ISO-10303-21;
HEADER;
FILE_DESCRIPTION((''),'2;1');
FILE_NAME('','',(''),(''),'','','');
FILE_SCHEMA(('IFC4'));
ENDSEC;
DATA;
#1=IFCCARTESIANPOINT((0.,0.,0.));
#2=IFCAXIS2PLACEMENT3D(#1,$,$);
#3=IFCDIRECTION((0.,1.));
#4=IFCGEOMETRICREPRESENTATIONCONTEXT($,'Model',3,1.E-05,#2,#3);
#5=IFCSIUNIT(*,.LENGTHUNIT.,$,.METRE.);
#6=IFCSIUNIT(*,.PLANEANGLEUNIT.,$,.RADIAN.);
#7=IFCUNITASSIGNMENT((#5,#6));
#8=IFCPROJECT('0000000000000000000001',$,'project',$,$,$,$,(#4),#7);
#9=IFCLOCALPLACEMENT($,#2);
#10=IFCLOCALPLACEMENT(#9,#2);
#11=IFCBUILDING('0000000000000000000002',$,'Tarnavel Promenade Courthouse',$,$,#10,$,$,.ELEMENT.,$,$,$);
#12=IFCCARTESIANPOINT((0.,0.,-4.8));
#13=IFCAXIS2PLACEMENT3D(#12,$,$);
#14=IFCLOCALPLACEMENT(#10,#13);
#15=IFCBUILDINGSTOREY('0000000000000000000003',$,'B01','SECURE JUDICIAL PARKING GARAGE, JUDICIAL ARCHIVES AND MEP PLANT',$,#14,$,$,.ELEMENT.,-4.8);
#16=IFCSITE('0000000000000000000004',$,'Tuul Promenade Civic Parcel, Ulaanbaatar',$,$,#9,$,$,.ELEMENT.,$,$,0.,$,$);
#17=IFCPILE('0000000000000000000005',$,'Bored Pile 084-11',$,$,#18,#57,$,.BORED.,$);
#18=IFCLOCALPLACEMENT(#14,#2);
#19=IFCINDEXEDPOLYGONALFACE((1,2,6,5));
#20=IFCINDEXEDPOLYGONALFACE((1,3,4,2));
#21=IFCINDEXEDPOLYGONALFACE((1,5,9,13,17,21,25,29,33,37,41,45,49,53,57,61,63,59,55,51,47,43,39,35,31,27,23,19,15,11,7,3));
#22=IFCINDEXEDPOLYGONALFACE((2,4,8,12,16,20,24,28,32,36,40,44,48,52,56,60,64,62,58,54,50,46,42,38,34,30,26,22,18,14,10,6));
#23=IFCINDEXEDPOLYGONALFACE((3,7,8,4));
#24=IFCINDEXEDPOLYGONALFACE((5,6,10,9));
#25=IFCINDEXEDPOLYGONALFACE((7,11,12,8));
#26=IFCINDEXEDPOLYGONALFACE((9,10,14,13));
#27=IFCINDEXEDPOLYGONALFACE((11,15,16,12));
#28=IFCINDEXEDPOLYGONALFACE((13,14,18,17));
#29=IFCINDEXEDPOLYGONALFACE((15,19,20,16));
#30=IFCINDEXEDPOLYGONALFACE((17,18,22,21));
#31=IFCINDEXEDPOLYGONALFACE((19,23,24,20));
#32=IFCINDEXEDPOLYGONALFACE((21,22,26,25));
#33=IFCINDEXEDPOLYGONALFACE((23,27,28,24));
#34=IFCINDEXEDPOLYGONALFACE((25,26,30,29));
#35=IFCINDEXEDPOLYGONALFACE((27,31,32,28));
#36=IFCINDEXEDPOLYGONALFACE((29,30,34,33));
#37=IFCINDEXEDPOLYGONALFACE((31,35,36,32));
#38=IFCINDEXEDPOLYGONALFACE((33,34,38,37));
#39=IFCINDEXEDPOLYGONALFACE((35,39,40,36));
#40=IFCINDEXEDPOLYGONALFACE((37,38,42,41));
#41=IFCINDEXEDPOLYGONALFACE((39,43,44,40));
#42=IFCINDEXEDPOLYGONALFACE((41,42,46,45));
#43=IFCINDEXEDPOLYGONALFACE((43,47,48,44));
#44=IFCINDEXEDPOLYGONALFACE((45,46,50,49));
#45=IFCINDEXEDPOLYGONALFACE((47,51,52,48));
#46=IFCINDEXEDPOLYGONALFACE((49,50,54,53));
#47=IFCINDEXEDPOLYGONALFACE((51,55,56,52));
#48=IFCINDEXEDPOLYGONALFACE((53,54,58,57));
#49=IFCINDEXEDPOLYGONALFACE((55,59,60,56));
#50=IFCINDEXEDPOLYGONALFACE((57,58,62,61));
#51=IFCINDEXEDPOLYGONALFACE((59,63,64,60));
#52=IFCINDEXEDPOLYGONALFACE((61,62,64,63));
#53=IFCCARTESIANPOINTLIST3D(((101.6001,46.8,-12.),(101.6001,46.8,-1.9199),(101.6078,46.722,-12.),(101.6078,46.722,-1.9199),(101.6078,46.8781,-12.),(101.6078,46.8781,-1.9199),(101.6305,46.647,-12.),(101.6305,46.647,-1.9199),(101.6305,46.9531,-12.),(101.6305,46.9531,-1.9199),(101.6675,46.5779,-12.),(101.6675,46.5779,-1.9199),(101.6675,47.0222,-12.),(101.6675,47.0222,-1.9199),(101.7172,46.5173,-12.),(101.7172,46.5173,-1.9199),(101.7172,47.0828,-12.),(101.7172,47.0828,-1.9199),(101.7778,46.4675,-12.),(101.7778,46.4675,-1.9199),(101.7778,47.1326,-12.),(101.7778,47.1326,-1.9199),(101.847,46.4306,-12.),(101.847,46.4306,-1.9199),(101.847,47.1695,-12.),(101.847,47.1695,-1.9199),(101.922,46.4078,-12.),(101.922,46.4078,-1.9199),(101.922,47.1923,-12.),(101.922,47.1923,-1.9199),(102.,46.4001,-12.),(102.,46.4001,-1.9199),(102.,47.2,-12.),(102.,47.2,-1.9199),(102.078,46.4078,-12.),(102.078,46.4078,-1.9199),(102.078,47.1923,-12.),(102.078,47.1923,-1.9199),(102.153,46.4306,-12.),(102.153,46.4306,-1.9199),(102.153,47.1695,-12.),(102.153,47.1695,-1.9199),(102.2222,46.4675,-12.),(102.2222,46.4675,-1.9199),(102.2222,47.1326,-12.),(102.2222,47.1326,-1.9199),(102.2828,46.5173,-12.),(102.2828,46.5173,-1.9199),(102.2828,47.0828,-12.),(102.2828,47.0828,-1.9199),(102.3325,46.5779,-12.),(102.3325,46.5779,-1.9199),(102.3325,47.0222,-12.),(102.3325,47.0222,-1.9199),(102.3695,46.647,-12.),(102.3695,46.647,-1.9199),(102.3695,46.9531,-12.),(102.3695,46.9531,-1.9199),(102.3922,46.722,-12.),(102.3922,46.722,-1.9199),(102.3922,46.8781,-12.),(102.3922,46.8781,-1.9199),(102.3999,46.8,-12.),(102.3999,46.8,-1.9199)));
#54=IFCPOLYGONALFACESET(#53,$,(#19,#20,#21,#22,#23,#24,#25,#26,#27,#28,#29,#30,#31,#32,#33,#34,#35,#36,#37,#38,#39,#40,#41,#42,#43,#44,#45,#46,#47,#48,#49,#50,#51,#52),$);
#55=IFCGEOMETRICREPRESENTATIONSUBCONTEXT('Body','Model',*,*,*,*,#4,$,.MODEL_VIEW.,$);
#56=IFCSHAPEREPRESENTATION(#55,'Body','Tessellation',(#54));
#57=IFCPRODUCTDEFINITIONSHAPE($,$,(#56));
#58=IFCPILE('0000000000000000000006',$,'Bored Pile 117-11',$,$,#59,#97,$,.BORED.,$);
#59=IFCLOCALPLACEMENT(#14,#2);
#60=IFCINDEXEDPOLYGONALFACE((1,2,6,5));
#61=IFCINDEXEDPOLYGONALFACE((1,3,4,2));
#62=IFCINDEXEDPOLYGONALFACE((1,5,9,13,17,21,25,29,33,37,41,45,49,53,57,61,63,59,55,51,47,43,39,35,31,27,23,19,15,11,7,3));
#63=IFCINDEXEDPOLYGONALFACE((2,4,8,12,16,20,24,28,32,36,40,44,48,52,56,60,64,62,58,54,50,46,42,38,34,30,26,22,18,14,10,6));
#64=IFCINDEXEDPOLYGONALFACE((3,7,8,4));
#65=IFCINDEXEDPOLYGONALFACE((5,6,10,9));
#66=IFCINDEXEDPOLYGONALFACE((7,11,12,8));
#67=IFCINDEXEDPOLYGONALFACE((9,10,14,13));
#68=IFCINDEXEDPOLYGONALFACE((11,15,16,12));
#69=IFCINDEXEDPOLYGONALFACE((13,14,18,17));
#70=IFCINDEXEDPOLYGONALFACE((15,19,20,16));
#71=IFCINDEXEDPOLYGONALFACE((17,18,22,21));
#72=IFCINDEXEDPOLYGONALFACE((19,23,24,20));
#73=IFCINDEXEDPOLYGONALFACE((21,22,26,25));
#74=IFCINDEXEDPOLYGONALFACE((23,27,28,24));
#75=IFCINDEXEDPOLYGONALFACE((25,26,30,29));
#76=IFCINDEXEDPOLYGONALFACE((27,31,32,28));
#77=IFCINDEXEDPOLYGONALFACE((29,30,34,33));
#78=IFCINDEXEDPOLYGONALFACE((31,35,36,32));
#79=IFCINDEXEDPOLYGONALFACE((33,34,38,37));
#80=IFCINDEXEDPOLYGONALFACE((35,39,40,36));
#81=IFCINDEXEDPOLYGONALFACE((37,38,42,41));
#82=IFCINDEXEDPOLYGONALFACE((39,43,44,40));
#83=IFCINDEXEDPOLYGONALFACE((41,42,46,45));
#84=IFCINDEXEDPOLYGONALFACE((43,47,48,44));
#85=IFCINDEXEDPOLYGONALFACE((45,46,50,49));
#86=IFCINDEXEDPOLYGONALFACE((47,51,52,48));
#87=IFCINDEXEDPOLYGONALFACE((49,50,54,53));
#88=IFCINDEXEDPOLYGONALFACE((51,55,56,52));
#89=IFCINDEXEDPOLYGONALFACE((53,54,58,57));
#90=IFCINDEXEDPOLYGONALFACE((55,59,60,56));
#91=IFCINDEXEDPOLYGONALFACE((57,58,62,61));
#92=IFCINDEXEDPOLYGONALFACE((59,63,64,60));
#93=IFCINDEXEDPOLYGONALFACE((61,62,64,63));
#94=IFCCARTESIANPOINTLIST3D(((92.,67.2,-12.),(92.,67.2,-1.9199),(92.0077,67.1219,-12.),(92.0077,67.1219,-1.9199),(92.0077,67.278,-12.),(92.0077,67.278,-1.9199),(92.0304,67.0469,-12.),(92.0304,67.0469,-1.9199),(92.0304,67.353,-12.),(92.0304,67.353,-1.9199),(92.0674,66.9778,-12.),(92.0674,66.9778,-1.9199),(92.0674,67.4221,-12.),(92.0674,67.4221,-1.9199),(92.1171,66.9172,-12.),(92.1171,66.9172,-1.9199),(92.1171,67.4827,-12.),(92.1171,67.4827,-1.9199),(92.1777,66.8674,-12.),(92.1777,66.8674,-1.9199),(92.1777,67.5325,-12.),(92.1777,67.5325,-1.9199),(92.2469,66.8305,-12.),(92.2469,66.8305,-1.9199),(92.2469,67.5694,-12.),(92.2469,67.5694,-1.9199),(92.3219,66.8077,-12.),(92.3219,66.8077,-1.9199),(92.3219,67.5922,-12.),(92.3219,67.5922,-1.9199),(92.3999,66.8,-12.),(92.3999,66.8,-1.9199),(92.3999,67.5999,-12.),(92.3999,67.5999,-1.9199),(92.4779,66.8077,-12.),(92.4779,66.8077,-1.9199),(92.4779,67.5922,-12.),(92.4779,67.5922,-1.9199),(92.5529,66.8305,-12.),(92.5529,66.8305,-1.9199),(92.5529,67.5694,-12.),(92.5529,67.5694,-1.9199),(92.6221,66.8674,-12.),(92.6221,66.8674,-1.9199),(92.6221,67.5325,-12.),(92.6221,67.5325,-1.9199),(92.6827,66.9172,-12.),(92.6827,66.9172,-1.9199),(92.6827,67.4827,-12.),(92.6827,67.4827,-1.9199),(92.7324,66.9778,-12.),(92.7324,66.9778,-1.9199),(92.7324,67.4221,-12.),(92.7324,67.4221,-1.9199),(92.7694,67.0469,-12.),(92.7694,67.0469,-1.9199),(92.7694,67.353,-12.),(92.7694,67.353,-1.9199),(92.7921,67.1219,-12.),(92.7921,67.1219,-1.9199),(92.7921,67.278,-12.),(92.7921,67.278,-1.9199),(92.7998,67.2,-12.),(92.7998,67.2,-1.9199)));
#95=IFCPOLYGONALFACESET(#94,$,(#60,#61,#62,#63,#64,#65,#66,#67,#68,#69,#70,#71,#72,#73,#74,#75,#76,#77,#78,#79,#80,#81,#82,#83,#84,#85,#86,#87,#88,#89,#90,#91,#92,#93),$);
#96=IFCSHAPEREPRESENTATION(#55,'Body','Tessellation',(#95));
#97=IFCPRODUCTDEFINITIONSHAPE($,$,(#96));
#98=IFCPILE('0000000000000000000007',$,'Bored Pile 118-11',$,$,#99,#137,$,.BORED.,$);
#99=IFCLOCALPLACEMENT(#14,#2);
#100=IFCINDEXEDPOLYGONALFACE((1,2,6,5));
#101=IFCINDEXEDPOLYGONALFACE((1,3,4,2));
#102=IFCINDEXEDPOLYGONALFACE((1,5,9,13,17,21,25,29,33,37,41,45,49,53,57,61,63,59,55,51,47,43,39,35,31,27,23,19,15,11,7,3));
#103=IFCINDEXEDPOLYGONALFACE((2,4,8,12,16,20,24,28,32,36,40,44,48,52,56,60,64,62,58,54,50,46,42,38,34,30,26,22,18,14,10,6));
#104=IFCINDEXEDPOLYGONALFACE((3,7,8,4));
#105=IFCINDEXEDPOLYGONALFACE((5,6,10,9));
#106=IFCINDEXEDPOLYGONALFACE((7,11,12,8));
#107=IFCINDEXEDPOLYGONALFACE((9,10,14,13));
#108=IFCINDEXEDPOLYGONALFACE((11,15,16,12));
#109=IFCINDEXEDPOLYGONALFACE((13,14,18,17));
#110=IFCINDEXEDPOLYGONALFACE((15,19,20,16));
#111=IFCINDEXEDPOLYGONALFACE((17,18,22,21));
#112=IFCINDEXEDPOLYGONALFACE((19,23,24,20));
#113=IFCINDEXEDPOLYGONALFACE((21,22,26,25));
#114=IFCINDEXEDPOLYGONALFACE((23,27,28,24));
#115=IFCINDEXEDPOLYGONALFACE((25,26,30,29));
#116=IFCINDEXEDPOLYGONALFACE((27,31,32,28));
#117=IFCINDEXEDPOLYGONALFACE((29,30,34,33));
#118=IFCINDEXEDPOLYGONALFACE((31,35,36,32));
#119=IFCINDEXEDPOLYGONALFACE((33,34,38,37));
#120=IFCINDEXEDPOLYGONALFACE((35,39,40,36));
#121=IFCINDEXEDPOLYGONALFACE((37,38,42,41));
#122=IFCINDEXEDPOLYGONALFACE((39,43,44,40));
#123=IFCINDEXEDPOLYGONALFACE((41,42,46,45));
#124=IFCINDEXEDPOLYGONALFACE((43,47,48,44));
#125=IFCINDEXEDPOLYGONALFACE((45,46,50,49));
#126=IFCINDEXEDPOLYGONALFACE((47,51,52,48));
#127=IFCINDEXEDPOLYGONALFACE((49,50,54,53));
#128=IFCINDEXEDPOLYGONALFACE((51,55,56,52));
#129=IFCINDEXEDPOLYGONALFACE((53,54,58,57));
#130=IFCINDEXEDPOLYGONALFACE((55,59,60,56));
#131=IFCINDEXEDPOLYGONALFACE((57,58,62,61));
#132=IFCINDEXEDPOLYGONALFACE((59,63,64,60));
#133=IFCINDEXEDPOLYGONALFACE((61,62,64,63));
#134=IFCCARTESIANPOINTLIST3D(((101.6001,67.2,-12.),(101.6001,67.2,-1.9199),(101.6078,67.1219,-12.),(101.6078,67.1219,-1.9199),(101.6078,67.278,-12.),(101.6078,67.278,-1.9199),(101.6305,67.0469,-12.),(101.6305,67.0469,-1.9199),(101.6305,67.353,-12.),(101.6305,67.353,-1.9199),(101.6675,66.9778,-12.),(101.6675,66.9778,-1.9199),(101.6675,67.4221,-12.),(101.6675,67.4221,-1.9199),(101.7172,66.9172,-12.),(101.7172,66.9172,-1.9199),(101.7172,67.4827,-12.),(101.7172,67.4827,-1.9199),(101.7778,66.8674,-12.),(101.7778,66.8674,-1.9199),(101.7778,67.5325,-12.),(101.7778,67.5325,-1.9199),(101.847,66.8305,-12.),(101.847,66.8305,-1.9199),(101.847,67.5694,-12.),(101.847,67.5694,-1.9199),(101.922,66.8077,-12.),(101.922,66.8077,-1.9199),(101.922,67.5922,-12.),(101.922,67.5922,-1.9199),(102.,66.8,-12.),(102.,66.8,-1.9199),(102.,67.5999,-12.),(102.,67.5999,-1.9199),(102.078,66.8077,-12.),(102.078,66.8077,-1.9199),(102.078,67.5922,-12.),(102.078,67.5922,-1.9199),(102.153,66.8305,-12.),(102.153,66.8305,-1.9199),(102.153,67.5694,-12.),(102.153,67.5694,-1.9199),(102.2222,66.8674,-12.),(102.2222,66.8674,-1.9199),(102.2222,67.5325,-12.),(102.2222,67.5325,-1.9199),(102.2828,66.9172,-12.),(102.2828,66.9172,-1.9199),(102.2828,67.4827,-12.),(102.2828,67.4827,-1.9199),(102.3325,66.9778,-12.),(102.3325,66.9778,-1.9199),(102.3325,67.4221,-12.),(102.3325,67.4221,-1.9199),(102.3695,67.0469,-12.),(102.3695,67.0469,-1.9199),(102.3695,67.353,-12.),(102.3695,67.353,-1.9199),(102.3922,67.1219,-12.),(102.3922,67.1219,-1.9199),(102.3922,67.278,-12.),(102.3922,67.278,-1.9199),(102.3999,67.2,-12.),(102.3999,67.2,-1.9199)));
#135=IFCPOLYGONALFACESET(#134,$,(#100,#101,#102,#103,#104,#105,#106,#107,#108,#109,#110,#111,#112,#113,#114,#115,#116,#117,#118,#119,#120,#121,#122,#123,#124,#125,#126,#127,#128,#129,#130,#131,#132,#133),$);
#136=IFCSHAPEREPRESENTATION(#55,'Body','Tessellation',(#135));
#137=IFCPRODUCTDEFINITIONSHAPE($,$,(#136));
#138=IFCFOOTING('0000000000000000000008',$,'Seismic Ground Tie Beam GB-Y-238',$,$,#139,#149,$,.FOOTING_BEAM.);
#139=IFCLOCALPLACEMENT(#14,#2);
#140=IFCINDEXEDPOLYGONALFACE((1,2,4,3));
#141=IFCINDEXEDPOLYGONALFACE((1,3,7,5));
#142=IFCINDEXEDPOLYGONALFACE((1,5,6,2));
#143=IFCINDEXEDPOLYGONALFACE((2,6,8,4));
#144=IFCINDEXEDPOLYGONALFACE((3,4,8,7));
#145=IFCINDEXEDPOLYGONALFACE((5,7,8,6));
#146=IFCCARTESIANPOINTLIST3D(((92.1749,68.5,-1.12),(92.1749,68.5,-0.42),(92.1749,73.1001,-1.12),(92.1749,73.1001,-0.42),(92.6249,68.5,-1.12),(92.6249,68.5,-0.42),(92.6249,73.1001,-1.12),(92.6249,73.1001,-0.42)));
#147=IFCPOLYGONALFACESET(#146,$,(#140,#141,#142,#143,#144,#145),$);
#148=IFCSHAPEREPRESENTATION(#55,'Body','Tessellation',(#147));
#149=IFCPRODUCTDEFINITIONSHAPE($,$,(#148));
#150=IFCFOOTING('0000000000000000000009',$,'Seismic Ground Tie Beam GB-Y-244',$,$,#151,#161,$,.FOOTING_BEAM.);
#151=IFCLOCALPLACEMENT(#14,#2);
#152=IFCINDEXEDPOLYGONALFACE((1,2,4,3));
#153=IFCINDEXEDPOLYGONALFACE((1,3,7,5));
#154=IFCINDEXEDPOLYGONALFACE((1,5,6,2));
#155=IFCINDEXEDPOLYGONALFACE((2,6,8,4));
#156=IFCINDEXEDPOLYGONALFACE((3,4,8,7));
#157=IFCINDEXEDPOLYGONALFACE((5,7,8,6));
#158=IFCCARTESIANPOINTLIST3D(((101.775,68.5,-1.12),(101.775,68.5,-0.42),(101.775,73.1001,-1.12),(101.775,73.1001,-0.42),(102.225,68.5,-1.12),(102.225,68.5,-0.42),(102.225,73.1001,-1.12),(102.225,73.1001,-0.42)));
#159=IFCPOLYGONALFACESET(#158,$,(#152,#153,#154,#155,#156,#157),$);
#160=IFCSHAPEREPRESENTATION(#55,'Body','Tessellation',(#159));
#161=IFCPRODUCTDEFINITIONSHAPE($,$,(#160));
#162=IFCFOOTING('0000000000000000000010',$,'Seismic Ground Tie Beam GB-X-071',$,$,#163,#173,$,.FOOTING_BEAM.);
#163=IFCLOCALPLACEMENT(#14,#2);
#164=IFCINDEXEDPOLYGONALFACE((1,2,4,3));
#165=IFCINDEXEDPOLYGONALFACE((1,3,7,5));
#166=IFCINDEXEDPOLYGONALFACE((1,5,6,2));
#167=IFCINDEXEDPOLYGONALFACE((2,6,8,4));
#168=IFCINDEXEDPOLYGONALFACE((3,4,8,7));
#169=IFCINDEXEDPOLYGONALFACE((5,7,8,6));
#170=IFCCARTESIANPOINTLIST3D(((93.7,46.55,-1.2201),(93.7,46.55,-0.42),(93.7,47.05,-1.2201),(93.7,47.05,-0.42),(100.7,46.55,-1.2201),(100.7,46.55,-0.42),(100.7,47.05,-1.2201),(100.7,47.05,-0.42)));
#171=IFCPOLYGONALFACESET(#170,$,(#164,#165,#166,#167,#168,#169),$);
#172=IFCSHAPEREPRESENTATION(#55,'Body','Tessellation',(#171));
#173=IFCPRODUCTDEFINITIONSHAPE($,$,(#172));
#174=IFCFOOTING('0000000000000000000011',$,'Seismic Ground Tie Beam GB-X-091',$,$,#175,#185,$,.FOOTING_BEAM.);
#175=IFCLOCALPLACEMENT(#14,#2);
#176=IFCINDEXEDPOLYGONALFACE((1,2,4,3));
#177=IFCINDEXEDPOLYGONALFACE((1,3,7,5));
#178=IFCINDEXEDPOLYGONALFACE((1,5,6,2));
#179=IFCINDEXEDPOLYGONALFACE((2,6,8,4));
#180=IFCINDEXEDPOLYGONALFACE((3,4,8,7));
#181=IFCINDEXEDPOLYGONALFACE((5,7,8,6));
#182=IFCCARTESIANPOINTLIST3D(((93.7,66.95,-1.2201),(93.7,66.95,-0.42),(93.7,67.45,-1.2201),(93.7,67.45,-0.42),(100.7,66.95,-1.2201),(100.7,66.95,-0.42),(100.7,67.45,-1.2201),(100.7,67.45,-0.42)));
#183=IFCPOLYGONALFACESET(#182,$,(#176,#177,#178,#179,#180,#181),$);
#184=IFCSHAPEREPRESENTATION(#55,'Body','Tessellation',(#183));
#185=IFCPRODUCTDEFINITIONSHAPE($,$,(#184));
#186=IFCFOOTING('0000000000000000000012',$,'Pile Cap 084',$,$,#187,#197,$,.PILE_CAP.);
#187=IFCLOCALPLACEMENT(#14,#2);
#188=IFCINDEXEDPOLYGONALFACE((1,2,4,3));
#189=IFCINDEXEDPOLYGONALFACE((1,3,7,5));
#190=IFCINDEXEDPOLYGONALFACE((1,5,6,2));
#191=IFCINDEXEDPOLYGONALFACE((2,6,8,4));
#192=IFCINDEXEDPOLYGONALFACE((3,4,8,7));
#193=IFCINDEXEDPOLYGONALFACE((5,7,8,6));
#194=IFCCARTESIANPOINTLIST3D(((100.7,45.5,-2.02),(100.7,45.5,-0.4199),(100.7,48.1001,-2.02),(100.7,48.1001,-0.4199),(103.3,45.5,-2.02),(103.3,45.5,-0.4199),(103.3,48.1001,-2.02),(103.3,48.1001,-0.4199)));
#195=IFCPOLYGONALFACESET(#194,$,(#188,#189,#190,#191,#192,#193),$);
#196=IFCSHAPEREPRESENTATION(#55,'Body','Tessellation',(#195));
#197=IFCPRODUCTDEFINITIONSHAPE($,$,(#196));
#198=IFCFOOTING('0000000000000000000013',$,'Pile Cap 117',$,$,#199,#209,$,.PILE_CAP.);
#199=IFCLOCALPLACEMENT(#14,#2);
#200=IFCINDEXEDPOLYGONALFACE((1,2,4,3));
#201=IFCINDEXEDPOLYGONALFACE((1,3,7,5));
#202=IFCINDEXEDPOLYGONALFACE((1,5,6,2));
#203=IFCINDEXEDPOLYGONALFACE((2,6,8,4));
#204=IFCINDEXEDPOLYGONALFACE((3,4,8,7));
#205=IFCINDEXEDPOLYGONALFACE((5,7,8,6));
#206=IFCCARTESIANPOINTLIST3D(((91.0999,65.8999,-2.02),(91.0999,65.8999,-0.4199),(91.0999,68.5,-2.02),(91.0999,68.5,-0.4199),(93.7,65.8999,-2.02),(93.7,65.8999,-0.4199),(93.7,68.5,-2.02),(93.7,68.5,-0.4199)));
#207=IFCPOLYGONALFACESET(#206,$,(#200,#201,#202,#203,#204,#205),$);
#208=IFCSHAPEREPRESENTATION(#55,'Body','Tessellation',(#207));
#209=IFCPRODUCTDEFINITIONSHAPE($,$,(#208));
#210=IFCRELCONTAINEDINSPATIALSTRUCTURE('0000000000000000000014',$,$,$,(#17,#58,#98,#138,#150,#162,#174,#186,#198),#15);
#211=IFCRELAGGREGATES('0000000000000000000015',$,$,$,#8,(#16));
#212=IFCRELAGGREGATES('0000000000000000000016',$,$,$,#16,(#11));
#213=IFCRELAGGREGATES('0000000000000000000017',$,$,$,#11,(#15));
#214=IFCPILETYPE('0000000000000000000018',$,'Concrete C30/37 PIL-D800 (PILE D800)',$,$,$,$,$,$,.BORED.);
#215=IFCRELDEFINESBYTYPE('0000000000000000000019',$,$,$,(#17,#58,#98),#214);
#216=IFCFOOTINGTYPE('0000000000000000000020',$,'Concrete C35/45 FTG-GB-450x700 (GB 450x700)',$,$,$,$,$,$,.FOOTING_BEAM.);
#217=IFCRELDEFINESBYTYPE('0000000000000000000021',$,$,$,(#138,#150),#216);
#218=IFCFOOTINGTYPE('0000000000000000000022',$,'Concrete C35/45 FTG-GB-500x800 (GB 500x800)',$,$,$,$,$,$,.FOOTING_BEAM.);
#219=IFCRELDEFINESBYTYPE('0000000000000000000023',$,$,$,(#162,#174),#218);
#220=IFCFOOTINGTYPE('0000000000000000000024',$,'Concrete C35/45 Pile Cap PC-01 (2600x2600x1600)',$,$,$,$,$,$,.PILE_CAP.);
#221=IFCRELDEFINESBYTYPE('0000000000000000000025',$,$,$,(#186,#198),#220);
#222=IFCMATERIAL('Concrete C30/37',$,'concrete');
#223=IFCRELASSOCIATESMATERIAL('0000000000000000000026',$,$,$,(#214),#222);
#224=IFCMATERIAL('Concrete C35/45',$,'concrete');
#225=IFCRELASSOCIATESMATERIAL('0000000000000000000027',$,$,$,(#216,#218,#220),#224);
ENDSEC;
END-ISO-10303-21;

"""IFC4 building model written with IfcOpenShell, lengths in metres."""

from ifc_helpers import new_model, si_unit, direction, frame, origin, origin_2d, place, context, subcontext, project, spatial, rectangle, circle, extrude, material, material_profile, profile_set, type_object, element, save


model = new_model("IFC4")

# Units and contexts
model_context = context("Model", 3, precision=1e-05, world=origin(), true_north=direction((0.0, 1.0)))
body_context = subcontext(model_context, "Body", "Model", "MODEL_VIEW")
ifc_project = project(units=[si_unit("LENGTHUNIT", "METRE"), si_unit("PLANEANGLEUNIT", "RADIAN")], contexts=[model_context])

# Site, building, storey
site_placement = place(None, origin())
site = spatial("IfcSite", under=ifc_project, at=site_placement, Name="Tuul Promenade Civic Parcel, Ulaanbaatar", CompositionType="ELEMENT", RefElevation=0.0)
building_placement = place(site_placement, origin())
building = spatial("IfcBuilding", under=site, at=building_placement, Name="Tarnavel Promenade Courthouse", CompositionType="ELEMENT")
storey_placement = place(building_placement, frame((0.0, 0.0, -4.8)))
storey = spatial("IfcBuildingStorey", under=building, at=storey_placement, Name="B01", Description="SECURE JUDICIAL PARKING GARAGE, JUDICIAL ARCHIVES AND MEP PLANT", CompositionType="ELEMENT", Elevation=-4.8)

# Piles
ifc_material_1 = material(Name="Concrete C30/37", Category="concrete")
ifc_material_profile_1 = material_profile(ifc_material_1, circle(Radius=0.3999, at=origin_2d()), Name="PILE D800")
ifc_profile_set_1 = profile_set([ifc_material_profile_1], Name="Concrete C30/37")
pile_type = type_object("IfcPileType", Name="Concrete C30/37 PIL-D800 (PILE D800)", PredefinedType="BORED", material=ifc_profile_set_1)
for number, where, z_axis, x_axis, name in (
    (1, (102.0, 46.8, -1.9199), (0.0, 0.0, -1.0), (1.0, 0.0, 0.0), "Bored Pile 084-11"),
    (2, (92.3999, 67.2, -1.9199), (0.0, 0.0, -1.0), (1.0, 0.0, 0.0), "Bored Pile 117-11"),
    (3, (102.0, 67.2, -1.9199), (0.0, 0.0, -1.0), (1.0, 0.0, 0.0), "Bored Pile 118-11"),
):
    element("IfcPile", number, at=place(storey_placement, frame(where, z_axis=z_axis, x_axis=x_axis)), inside=storey, type_object=pile_type, Name=name, PredefinedType="BORED", context=body_context, shape_type="SweptSolid", body=[
        extrude(circle(Radius=0.3999, at=origin_2d()), origin(), (0.0, 0.0, 1.0), 10.0801),
    ])

# Footings
ifc_material_2 = material(Name="Concrete C35/45", Category="concrete")
ifc_material_profile_2 = material_profile(ifc_material_2, rectangle(XDim=0.45, YDim=0.7, at=origin_2d()), Name="GB 450x700")
ifc_profile_set_2 = profile_set([ifc_material_profile_2], Name="Concrete C35/45")
footing_type_1 = type_object("IfcFootingType", Name="Concrete C35/45 FTG-GB-450x700 (GB 450x700)", PredefinedType="FOOTING_BEAM", material=ifc_profile_set_2)
for number, where, z_axis, x_axis, name in (
    (4, (92.3999, 68.5, -0.77), (0.0, 1.0, 0.0), (-1.0, 0.0, 0.0), "Seismic Ground Tie Beam GB-Y-238"),
    (5, (102.0, 68.5, -0.77), (0.0, 1.0, 0.0), (-1.0, 0.0, 0.0), "Seismic Ground Tie Beam GB-Y-244"),
):
    element("IfcFooting", number, at=place(storey_placement, frame(where, z_axis=z_axis, x_axis=x_axis)), inside=storey, type_object=footing_type_1, Name=name, PredefinedType="FOOTING_BEAM", context=body_context, shape_type="SweptSolid", body=[
        extrude(rectangle(XDim=0.45, YDim=0.7, at=origin_2d()), origin(), (0.0, 0.0, 1.0), 4.6001),
    ])
ifc_material_profile_3 = material_profile(ifc_material_2, rectangle(XDim=0.5, YDim=0.8, at=origin_2d()), Name="GB 500x800")
ifc_profile_set_3 = profile_set([ifc_material_profile_3], Name="Concrete C35/45")
footing_type_2 = type_object("IfcFootingType", Name="Concrete C35/45 FTG-GB-500x800 (GB 500x800)", PredefinedType="FOOTING_BEAM", material=ifc_profile_set_3)
for number, where, z_axis, x_axis, name in (
    (6, (93.7, 46.8, -0.8201), (1.0, 0.0, 0.0), (0.0, 1.0, 0.0), "Seismic Ground Tie Beam GB-X-071"),
    (7, (93.7, 67.2, -0.8201), (1.0, 0.0, 0.0), (0.0, 1.0, 0.0), "Seismic Ground Tie Beam GB-X-091"),
):
    element("IfcFooting", number, at=place(storey_placement, frame(where, z_axis=z_axis, x_axis=x_axis)), inside=storey, type_object=footing_type_2, Name=name, PredefinedType="FOOTING_BEAM", context=body_context, shape_type="SweptSolid", body=[
        extrude(rectangle(XDim=0.5, YDim=0.8, at=origin_2d()), origin(), (0.0, 0.0, 1.0), 7.0),
    ])
footing_type_3 = type_object("IfcFootingType", Name="Concrete C35/45 Pile Cap PC-01 (2600x2600x1600)", PredefinedType="PILE_CAP", material=ifc_material_2)
for number, where, z_axis, x_axis, name in (
    (8, (102.0, 46.8, -2.02), (0.0, 0.0, 1.0), (1.0, 0.0, 0.0), "Pile Cap 084"),
    (9, (92.3999, 67.2, -2.02), (0.0, 0.0, 1.0), (1.0, 0.0, 0.0), "Pile Cap 117"),
):
    element("IfcFooting", number, at=place(storey_placement, frame(where, z_axis=z_axis, x_axis=x_axis)), inside=storey, type_object=footing_type_3, Name=name, PredefinedType="PILE_CAP", context=body_context, shape_type="SweptSolid", body=[
        extrude(rectangle(XDim=2.6001, YDim=2.6001, at=origin_2d()), origin(), (0.0, 0.0, 1.0), 1.6001),
    ])

save(model, "model.ifc")
